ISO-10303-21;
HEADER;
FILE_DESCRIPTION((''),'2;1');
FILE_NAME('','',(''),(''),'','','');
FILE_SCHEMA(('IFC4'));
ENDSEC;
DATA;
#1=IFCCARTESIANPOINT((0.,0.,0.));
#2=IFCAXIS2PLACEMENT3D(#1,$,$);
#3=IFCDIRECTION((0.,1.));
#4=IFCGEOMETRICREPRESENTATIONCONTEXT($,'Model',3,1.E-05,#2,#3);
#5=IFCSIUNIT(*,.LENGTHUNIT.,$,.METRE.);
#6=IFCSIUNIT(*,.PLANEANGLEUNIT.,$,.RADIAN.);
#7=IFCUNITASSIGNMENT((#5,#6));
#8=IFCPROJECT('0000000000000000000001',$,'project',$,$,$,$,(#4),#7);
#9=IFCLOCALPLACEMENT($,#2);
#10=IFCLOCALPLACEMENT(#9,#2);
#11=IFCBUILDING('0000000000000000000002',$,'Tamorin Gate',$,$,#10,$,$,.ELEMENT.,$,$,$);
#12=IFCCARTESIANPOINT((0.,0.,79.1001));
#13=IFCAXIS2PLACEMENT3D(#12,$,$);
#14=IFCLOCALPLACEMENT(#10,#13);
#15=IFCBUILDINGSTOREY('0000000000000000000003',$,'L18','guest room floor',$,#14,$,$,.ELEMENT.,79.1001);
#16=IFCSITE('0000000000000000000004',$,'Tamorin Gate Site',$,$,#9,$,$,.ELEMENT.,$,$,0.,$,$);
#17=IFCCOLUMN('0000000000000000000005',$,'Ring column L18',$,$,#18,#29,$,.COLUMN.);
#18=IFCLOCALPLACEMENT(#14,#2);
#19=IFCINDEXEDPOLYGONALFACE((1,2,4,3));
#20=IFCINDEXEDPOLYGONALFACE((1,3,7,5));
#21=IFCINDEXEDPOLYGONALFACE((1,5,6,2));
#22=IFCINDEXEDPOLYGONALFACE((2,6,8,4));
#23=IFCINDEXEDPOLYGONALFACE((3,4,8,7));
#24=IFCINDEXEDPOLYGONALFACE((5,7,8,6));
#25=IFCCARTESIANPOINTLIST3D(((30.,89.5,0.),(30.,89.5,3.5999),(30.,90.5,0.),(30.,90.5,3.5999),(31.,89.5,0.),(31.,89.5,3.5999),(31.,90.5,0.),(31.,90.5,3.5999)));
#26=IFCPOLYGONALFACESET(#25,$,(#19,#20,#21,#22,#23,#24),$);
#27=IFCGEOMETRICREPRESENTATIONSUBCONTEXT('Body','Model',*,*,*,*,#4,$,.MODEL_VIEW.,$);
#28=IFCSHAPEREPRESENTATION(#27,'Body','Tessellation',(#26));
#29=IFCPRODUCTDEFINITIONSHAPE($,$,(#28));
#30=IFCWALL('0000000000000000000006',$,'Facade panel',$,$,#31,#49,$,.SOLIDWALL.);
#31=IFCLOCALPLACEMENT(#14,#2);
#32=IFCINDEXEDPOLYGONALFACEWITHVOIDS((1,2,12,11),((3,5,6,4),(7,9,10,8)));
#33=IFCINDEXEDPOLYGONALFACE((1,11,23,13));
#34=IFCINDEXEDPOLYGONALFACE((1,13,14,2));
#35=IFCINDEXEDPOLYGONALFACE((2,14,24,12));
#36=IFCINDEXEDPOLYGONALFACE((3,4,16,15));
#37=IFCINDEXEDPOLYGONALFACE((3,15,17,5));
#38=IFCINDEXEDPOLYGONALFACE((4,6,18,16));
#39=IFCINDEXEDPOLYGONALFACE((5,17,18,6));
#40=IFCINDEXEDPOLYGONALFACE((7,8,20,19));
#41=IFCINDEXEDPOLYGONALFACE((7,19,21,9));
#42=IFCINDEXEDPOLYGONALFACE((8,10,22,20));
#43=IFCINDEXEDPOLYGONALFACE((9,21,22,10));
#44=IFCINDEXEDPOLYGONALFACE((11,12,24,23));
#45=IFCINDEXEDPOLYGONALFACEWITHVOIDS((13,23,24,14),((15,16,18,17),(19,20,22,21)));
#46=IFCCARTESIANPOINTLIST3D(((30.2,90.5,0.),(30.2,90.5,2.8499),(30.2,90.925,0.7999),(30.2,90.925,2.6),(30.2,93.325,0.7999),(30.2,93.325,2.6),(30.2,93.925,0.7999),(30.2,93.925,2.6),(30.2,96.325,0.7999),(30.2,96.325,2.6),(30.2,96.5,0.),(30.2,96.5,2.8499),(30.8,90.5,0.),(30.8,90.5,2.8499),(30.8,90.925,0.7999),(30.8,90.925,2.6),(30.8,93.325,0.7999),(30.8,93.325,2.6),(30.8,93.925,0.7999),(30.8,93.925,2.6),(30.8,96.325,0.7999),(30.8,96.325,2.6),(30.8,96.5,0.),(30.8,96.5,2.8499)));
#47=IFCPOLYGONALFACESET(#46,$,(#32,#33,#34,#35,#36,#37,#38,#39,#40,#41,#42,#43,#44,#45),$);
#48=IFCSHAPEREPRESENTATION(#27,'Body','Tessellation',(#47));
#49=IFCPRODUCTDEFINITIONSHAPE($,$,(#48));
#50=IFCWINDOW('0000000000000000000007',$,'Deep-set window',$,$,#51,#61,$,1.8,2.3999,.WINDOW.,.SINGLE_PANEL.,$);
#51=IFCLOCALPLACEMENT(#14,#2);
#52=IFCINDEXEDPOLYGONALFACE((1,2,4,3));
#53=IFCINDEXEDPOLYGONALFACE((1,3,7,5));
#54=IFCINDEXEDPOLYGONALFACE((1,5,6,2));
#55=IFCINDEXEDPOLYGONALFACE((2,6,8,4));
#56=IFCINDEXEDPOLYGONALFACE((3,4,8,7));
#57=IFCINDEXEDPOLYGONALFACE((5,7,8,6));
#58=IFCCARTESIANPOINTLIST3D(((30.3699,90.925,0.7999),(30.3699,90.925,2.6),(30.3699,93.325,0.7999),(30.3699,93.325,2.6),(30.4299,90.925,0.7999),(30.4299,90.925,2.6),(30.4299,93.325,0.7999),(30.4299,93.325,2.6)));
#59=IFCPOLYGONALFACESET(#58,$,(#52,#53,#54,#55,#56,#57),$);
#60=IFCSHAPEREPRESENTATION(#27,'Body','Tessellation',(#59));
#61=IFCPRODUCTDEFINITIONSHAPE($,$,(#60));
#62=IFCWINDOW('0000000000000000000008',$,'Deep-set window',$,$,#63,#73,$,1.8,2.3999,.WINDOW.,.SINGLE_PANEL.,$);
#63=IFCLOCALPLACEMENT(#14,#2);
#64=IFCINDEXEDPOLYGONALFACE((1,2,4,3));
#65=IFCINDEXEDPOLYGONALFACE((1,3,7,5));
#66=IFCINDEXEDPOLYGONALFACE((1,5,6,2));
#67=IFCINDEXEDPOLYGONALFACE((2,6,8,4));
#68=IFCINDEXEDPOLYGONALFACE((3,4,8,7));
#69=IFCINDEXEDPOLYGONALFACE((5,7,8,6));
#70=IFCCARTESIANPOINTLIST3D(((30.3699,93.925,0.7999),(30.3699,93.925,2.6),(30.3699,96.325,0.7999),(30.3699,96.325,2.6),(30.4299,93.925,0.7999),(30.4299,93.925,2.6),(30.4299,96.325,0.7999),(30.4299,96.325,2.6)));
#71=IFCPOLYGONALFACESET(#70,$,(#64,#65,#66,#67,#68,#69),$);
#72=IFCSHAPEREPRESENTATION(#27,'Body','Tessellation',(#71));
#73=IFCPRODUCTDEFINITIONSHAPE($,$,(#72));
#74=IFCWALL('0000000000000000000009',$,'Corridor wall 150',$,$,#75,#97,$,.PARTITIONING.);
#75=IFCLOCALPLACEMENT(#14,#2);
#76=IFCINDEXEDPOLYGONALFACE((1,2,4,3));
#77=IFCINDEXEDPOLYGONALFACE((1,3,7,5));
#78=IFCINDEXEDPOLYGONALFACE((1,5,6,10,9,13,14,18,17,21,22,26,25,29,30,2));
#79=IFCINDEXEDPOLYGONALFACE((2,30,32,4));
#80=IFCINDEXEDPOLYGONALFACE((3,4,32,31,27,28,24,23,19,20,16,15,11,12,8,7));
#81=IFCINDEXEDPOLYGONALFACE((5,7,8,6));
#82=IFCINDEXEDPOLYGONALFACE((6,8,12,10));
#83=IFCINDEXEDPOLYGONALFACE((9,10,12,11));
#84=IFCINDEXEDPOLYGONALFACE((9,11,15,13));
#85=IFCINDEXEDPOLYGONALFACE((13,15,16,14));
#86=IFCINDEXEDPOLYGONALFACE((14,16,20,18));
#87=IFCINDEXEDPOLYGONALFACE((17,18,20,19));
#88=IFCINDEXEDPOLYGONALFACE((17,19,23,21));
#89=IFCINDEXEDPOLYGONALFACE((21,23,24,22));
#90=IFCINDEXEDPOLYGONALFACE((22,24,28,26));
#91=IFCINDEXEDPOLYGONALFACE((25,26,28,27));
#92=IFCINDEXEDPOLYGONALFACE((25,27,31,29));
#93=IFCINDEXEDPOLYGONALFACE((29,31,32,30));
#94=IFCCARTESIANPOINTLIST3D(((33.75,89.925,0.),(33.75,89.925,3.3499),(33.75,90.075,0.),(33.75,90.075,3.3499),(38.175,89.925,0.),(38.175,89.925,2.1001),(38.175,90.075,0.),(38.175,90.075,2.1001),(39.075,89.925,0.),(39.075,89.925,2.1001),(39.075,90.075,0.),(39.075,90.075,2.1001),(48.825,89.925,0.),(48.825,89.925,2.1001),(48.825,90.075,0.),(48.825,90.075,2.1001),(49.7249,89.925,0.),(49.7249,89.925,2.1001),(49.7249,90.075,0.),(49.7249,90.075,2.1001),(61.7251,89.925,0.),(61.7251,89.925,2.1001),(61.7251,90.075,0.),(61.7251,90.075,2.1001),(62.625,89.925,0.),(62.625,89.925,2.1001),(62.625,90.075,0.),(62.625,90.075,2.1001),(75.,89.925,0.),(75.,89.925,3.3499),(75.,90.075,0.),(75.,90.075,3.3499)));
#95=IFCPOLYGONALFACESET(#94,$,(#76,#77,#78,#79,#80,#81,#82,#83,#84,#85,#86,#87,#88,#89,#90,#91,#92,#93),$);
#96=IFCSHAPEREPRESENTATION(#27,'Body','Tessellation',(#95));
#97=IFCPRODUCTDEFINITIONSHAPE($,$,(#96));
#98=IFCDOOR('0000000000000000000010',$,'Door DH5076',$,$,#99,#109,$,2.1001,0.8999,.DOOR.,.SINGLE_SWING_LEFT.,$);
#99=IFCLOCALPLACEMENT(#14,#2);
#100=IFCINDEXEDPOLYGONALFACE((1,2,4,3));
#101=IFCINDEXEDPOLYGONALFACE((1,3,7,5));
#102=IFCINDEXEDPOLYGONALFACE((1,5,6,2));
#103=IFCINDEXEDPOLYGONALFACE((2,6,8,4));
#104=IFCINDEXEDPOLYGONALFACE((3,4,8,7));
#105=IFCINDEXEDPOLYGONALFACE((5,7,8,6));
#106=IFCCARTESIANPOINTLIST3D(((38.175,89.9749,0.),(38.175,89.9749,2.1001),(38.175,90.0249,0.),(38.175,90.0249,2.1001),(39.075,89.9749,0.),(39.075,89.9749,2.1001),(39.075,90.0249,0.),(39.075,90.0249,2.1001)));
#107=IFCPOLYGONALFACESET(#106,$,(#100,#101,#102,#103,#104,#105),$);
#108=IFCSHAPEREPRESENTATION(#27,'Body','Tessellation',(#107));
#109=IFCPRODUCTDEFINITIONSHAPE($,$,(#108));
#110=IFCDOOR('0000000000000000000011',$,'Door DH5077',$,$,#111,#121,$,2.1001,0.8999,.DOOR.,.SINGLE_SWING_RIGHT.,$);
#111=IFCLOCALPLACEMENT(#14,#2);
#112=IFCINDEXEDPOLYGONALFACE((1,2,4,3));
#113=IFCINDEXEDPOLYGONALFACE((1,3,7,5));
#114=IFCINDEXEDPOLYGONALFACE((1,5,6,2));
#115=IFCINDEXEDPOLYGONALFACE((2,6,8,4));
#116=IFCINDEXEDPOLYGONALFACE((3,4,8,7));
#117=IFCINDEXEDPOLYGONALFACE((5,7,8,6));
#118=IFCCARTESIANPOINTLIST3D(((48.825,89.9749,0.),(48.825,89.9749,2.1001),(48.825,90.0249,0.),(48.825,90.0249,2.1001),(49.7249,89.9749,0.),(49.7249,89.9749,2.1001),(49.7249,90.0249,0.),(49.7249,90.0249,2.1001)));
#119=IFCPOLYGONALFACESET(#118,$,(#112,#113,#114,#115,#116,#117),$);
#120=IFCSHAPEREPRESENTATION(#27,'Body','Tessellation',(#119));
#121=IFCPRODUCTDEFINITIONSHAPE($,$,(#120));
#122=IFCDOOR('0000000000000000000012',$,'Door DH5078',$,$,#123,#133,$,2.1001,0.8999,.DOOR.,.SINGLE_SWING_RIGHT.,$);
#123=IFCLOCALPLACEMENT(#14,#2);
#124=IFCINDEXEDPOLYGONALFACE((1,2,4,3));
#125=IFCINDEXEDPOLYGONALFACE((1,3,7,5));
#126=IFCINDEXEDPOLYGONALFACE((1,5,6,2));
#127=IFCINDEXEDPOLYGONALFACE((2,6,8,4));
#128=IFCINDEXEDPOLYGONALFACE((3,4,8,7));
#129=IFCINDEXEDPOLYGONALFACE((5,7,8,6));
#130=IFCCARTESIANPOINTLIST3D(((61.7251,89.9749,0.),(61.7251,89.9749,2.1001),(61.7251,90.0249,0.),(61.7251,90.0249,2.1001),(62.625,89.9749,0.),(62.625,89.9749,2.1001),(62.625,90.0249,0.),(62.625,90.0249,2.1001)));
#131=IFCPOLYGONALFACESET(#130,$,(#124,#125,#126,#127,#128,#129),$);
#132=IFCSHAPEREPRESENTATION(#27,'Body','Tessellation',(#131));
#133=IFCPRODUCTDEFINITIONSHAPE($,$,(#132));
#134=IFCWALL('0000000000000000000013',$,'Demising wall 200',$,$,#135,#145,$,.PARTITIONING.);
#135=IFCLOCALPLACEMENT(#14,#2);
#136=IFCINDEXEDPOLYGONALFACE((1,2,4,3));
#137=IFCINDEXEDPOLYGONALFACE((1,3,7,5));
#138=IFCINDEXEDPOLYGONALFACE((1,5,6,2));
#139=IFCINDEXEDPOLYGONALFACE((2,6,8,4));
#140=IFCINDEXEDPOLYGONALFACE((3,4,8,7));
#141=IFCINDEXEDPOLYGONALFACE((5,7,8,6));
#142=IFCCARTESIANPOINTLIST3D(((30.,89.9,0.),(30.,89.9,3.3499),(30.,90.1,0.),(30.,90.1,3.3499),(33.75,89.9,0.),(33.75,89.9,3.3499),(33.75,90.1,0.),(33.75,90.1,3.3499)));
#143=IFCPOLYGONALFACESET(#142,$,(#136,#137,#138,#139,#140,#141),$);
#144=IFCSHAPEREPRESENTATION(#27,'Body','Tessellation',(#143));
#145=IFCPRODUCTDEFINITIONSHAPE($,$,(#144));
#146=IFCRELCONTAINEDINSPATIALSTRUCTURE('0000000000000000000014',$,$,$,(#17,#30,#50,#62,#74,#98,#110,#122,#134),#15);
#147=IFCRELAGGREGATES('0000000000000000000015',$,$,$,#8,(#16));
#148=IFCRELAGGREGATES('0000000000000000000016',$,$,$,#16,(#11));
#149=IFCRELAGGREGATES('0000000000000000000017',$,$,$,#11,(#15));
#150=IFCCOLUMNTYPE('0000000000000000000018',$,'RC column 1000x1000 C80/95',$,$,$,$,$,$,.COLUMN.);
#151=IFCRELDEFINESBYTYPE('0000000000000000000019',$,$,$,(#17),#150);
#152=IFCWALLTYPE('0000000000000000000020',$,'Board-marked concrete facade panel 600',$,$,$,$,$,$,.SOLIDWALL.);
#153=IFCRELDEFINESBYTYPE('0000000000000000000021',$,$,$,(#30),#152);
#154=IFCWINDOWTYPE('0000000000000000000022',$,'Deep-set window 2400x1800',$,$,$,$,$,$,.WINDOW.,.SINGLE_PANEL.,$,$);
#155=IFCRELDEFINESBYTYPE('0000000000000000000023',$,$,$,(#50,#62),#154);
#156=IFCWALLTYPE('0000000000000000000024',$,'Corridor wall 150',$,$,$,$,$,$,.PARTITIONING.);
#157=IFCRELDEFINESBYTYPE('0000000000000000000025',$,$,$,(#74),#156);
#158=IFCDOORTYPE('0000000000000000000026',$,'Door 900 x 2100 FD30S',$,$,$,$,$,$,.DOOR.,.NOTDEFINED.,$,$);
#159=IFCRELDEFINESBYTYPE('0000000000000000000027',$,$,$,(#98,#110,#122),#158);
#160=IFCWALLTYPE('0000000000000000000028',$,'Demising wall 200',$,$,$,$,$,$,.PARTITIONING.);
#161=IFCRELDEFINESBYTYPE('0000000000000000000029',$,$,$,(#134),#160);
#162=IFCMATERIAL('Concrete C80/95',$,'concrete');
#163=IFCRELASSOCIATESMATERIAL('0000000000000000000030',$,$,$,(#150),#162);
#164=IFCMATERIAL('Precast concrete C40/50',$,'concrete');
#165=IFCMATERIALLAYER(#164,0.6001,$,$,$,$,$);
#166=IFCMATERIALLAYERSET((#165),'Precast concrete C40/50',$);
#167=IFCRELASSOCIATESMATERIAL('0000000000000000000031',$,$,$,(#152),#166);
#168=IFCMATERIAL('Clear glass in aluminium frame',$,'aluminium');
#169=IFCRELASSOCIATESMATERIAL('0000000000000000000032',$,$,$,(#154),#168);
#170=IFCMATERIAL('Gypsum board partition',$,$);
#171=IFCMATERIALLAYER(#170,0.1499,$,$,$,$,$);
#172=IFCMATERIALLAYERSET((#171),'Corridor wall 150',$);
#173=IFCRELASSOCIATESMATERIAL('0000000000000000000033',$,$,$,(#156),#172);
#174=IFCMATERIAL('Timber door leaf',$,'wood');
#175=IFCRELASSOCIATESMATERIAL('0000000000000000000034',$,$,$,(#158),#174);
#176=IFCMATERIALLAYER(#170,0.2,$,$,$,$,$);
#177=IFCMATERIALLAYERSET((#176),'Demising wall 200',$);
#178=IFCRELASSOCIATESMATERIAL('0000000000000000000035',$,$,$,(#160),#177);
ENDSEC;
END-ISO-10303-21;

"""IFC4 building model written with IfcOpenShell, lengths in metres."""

from ifc_helpers import new_model, si_unit, direction, frame, frame_2d, origin, origin_2d, place, context, subcontext, project, spatial, rectangle, extrude, material, layer, layer_set, material_profile, profile_set, type_object, element, fill, save


model = new_model("IFC4")

# Units and contexts
model_context = context("Model", 3, precision=1e-05, world=origin(), true_north=direction((0.0, 1.0)))
body_context = subcontext(model_context, "Body", "Model", "MODEL_VIEW")
ifc_project = project(units=[si_unit("LENGTHUNIT", "METRE"), si_unit("PLANEANGLEUNIT", "RADIAN")], contexts=[model_context])

# Site, building, storey
site_placement = place(None, origin())
site = spatial("IfcSite", under=ifc_project, at=site_placement, Name="Tamorin Gate Site", CompositionType="ELEMENT", RefElevation=0.0)
building_placement = place(site_placement, origin())
building = spatial("IfcBuilding", under=site, at=building_placement, Name="Tamorin Gate", CompositionType="ELEMENT")
storey_placement = place(building_placement, frame((0.0, 0.0, 79.1001)))
storey = spatial("IfcBuildingStorey", under=building, at=storey_placement, Name="L18", Description="guest room floor", CompositionType="ELEMENT", Elevation=79.1001)

# Column
ifc_material_1 = material(Name="Concrete C80/95", Category="concrete")
ifc_material_profile = material_profile(ifc_material_1, rectangle(XDim=1.0, YDim=1.0, at=origin_2d()), Name="RC 1000x1000")
ifc_profile_set = profile_set([ifc_material_profile], Name="Concrete C80/95")
column_type = type_object("IfcColumnType", Name="RC column 1000x1000 C80/95", PredefinedType="COLUMN", material=ifc_profile_set)
column_placement = place(storey_placement, frame((30.5, 90.0, 0.0), z_axis=(0.0, 0.0, 1.0), x_axis=(1.0, 0.0, 0.0)))
element("IfcColumn", 1, at=column_placement, inside=storey, type_object=column_type, Name="Ring column L18", PredefinedType="COLUMN", context=body_context, shape_type="SweptSolid", body=[
    extrude(rectangle(XDim=1.0, YDim=1.0, at=origin_2d()), origin(), (0.0, 0.0, 1.0), 3.5999),
])

# Wall, openings, windows
ifc_material_2 = material(Name="Precast concrete C40/50", Category="concrete")
ifc_layer_1 = layer(ifc_material_2, 0.6001)
ifc_layer_set_1 = layer_set([ifc_layer_1], Name="Precast concrete C40/50")
wall_type_1 = type_object("IfcWallType", Name="Board-marked concrete facade panel 600", PredefinedType="SOLIDWALL", material=ifc_layer_set_1)
wall_1_placement = place(storey_placement, frame((30.5, 96.5, 0.0), z_axis=(0.0, 0.0, 1.0), x_axis=(0.0, -1.0, 0.0)))
wall_1 = element("IfcWall", 2, at=wall_1_placement, inside=storey, type_object=wall_type_1, Name="Facade panel", PredefinedType="SOLIDWALL", context=body_context, shape_type="SweptSolid", body=[
    extrude(rectangle(XDim=6.0, YDim=0.6001, at=frame_2d((3.0, 0.0))), origin(), (0.0, 0.0, 1.0), 2.8499),
])
opening_1_placement = place(wall_1_placement, frame((3.175, 0.0, 0.8)))
opening_1 = element("IfcOpeningElement", 3, at=opening_1_placement, cuts=wall_1, PredefinedType="OPENING", context=body_context, shape_type="SweptSolid", body=[
    extrude(rectangle(XDim=2.3999, YDim=1.8, at=frame_2d((1.2, 0.8999))), frame((0.0, 0.3101, 0.0), z_axis=(0.0, -1.0, 0.0), x_axis=(1.0, 0.0, 0.0)), (0.0, 0.0, 1.0), 0.6201),
])
opening_2_placement = place(wall_1_placement, frame((0.175, 0.0, 0.8)))
opening_2 = element("IfcOpeningElement", 4, at=opening_2_placement, cuts=wall_1, PredefinedType="OPENING", context=body_context, shape_type="SweptSolid", body=[
    extrude(rectangle(XDim=2.3999, YDim=1.8, at=frame_2d((1.2, 0.8999))), frame((0.0, 0.3101, 0.0), z_axis=(0.0, -1.0, 0.0), x_axis=(1.0, 0.0, 0.0)), (0.0, 0.0, 1.0), 0.6201),
])
ifc_material_3 = material(Name="Clear glass in aluminium frame", Category="aluminium")
window_type = type_object("IfcWindowType", Name="Deep-set window 2400x1800", PartitioningType="SINGLE_PANEL", PredefinedType="WINDOW", material=ifc_material_3)
window_1_placement = place(opening_1_placement, origin())
window_1 = element("IfcWindow", 5, at=window_1_placement, inside=storey, type_object=window_type, Name="Deep-set window", OverallHeight=1.8, OverallWidth=2.3999, PartitioningType="SINGLE_PANEL", PredefinedType="WINDOW", context=body_context, shape_type="SweptSolid", body=[
    extrude(rectangle(XDim=2.3999, YDim=1.8, at=frame_2d((1.2, 0.8999))), frame((0.0, -0.0701, 0.0), z_axis=(0.0, -1.0, 0.0), x_axis=(1.0, 0.0, 0.0)), (0.0, 0.0, 1.0), 0.0601),
])
fill(opening_1, window_1)
window_2_placement = place(opening_2_placement, origin())
window_2 = element("IfcWindow", 6, at=window_2_placement, inside=storey, type_object=window_type, Name="Deep-set window", OverallHeight=1.8, OverallWidth=2.3999, PartitioningType="SINGLE_PANEL", PredefinedType="WINDOW", context=body_context, shape_type="SweptSolid", body=[
    extrude(rectangle(XDim=2.3999, YDim=1.8, at=frame_2d((1.2, 0.8999))), frame((0.0, -0.0701, 0.0), z_axis=(0.0, -1.0, 0.0), x_axis=(1.0, 0.0, 0.0)), (0.0, 0.0, 1.0), 0.0601),
])
fill(opening_2, window_2)

# Wall, openings, doors
ifc_material_4 = material(Name="Gypsum board partition")
ifc_layer_2 = layer(ifc_material_4, 0.1499)
ifc_layer_set_2 = layer_set([ifc_layer_2], Name="Corridor wall 150")
wall_type_2 = type_object("IfcWallType", Name="Corridor wall 150", PredefinedType="PARTITIONING", material=ifc_layer_set_2)
wall_2_placement = place(storey_placement, frame((33.75, 90.0, 0.0), z_axis=(0.0, 0.0, 1.0), x_axis=(1.0, 0.0, 0.0)))
wall_2 = element("IfcWall", 7, at=wall_2_placement, inside=storey, type_object=wall_type_2, Name="Corridor wall 150", PredefinedType="PARTITIONING", context=body_context, shape_type="SweptSolid", body=[
    extrude(rectangle(XDim=41.25, YDim=0.1499, at=frame_2d((20.625, 0.0))), origin(), (0.0, 0.0, 1.0), 3.3499),
])
opening_3_placement = place(wall_2_placement, frame((4.425, 0.0, 0.0)))
opening_3 = element("IfcOpeningElement", 8, at=opening_3_placement, cuts=wall_2, PredefinedType="OPENING", context=body_context, shape_type="SweptSolid", body=[
    extrude(rectangle(XDim=0.8999, YDim=2.1001, at=frame_2d((0.45, 1.05))), frame((0.0, 0.085, 0.0), z_axis=(0.0, -1.0, 0.0), x_axis=(1.0, 0.0, 0.0)), (0.0, 0.0, 1.0), 0.1699),
])
opening_4_placement = place(wall_2_placement, frame((15.075, 0.0, 0.0)))
opening_4 = element("IfcOpeningElement", 9, at=opening_4_placement, cuts=wall_2, PredefinedType="OPENING", context=body_context, shape_type="SweptSolid", body=[
    extrude(rectangle(XDim=0.8999, YDim=2.1001, at=frame_2d((0.45, 1.05))), frame((0.0, 0.085, 0.0), z_axis=(0.0, -1.0, 0.0), x_axis=(1.0, 0.0, 0.0)), (0.0, 0.0, 1.0), 0.1699),
])
opening_5_placement = place(wall_2_placement, frame((27.9751, 0.0, 0.0)))
opening_5 = element("IfcOpeningElement", 10, at=opening_5_placement, cuts=wall_2, PredefinedType="OPENING", context=body_context, shape_type="SweptSolid", body=[
    extrude(rectangle(XDim=0.8999, YDim=2.1001, at=frame_2d((0.45, 1.05))), frame((0.0, 0.085, 0.0), z_axis=(0.0, -1.0, 0.0), x_axis=(1.0, 0.0, 0.0)), (0.0, 0.0, 1.0), 0.1699),
])
ifc_material_5 = material(Name="Timber door leaf", Category="wood")
door_type_1 = type_object("IfcDoorType", Name="Door 900 x 2100 FD30S", OperationType="NOTDEFINED", PredefinedType="DOOR", material=ifc_material_5)
door_1_placement = place(opening_3_placement, origin())
door_1 = element("IfcDoor", 11, at=door_1_placement, inside=storey, type_object=door_type_1, Name="Door DH5076", OperationType="SINGLE_SWING_LEFT", OverallHeight=2.1001, OverallWidth=0.8999, PredefinedType="DOOR", context=body_context, shape_type="SweptSolid", body=[
    extrude(rectangle(XDim=0.8999, YDim=2.1001, at=frame_2d((0.45, 1.05))), frame((0.0, 0.0249, 0.0), z_axis=(0.0, -1.0, 0.0), x_axis=(1.0, 0.0, 0.0)), (0.0, 0.0, 1.0), 0.05),
])
fill(opening_3, door_1)
door_2_placement = place(opening_4_placement, origin())
door_2 = element("IfcDoor", 12, at=door_2_placement, inside=storey, type_object=door_type_1, Name="Door DH5077", OperationType="SINGLE_SWING_RIGHT", OverallHeight=2.1001, OverallWidth=0.8999, PredefinedType="DOOR", context=body_context, shape_type="SweptSolid", body=[
    extrude(rectangle(XDim=0.8999, YDim=2.1001, at=frame_2d((0.45, 1.05))), frame((0.0, 0.0249, 0.0), z_axis=(0.0, -1.0, 0.0), x_axis=(1.0, 0.0, 0.0)), (0.0, 0.0, 1.0), 0.05),
])
fill(opening_4, door_2)
door_3_placement = place(opening_5_placement, origin())
door_3 = element("IfcDoor", 13, at=door_3_placement, inside=storey, type_object=door_type_1, Name="Door DH5078", OperationType="SINGLE_SWING_RIGHT", OverallHeight=2.1001, OverallWidth=0.8999, PredefinedType="DOOR", context=body_context, shape_type="SweptSolid", body=[
    extrude(rectangle(XDim=0.8999, YDim=2.1001, at=frame_2d((0.45, 1.05))), frame((0.0, 0.0249, 0.0), z_axis=(0.0, -1.0, 0.0), x_axis=(1.0, 0.0, 0.0)), (0.0, 0.0, 1.0), 0.05),
])
fill(opening_5, door_3)

# Wall
ifc_layer_3 = layer(ifc_material_4, 0.2)
ifc_layer_set_3 = layer_set([ifc_layer_3], Name="Demising wall 200")
wall_type_3 = type_object("IfcWallType", Name="Demising wall 200", PredefinedType="PARTITIONING", material=ifc_layer_set_3)
wall_3_placement = place(storey_placement, frame((30.0, 90.0, 0.0), z_axis=(0.0, 0.0, 1.0), x_axis=(1.0, 0.0, 0.0)))
element("IfcWall", 14, at=wall_3_placement, inside=storey, type_object=wall_type_3, Name="Demising wall 200", PredefinedType="PARTITIONING", context=body_context, shape_type="SweptSolid", body=[
    extrude(rectangle(XDim=3.75, YDim=0.2, at=frame_2d((1.875, 0.0))), origin(), (0.0, 0.0, 1.0), 3.3499),
])

save(model, "model.ifc")
